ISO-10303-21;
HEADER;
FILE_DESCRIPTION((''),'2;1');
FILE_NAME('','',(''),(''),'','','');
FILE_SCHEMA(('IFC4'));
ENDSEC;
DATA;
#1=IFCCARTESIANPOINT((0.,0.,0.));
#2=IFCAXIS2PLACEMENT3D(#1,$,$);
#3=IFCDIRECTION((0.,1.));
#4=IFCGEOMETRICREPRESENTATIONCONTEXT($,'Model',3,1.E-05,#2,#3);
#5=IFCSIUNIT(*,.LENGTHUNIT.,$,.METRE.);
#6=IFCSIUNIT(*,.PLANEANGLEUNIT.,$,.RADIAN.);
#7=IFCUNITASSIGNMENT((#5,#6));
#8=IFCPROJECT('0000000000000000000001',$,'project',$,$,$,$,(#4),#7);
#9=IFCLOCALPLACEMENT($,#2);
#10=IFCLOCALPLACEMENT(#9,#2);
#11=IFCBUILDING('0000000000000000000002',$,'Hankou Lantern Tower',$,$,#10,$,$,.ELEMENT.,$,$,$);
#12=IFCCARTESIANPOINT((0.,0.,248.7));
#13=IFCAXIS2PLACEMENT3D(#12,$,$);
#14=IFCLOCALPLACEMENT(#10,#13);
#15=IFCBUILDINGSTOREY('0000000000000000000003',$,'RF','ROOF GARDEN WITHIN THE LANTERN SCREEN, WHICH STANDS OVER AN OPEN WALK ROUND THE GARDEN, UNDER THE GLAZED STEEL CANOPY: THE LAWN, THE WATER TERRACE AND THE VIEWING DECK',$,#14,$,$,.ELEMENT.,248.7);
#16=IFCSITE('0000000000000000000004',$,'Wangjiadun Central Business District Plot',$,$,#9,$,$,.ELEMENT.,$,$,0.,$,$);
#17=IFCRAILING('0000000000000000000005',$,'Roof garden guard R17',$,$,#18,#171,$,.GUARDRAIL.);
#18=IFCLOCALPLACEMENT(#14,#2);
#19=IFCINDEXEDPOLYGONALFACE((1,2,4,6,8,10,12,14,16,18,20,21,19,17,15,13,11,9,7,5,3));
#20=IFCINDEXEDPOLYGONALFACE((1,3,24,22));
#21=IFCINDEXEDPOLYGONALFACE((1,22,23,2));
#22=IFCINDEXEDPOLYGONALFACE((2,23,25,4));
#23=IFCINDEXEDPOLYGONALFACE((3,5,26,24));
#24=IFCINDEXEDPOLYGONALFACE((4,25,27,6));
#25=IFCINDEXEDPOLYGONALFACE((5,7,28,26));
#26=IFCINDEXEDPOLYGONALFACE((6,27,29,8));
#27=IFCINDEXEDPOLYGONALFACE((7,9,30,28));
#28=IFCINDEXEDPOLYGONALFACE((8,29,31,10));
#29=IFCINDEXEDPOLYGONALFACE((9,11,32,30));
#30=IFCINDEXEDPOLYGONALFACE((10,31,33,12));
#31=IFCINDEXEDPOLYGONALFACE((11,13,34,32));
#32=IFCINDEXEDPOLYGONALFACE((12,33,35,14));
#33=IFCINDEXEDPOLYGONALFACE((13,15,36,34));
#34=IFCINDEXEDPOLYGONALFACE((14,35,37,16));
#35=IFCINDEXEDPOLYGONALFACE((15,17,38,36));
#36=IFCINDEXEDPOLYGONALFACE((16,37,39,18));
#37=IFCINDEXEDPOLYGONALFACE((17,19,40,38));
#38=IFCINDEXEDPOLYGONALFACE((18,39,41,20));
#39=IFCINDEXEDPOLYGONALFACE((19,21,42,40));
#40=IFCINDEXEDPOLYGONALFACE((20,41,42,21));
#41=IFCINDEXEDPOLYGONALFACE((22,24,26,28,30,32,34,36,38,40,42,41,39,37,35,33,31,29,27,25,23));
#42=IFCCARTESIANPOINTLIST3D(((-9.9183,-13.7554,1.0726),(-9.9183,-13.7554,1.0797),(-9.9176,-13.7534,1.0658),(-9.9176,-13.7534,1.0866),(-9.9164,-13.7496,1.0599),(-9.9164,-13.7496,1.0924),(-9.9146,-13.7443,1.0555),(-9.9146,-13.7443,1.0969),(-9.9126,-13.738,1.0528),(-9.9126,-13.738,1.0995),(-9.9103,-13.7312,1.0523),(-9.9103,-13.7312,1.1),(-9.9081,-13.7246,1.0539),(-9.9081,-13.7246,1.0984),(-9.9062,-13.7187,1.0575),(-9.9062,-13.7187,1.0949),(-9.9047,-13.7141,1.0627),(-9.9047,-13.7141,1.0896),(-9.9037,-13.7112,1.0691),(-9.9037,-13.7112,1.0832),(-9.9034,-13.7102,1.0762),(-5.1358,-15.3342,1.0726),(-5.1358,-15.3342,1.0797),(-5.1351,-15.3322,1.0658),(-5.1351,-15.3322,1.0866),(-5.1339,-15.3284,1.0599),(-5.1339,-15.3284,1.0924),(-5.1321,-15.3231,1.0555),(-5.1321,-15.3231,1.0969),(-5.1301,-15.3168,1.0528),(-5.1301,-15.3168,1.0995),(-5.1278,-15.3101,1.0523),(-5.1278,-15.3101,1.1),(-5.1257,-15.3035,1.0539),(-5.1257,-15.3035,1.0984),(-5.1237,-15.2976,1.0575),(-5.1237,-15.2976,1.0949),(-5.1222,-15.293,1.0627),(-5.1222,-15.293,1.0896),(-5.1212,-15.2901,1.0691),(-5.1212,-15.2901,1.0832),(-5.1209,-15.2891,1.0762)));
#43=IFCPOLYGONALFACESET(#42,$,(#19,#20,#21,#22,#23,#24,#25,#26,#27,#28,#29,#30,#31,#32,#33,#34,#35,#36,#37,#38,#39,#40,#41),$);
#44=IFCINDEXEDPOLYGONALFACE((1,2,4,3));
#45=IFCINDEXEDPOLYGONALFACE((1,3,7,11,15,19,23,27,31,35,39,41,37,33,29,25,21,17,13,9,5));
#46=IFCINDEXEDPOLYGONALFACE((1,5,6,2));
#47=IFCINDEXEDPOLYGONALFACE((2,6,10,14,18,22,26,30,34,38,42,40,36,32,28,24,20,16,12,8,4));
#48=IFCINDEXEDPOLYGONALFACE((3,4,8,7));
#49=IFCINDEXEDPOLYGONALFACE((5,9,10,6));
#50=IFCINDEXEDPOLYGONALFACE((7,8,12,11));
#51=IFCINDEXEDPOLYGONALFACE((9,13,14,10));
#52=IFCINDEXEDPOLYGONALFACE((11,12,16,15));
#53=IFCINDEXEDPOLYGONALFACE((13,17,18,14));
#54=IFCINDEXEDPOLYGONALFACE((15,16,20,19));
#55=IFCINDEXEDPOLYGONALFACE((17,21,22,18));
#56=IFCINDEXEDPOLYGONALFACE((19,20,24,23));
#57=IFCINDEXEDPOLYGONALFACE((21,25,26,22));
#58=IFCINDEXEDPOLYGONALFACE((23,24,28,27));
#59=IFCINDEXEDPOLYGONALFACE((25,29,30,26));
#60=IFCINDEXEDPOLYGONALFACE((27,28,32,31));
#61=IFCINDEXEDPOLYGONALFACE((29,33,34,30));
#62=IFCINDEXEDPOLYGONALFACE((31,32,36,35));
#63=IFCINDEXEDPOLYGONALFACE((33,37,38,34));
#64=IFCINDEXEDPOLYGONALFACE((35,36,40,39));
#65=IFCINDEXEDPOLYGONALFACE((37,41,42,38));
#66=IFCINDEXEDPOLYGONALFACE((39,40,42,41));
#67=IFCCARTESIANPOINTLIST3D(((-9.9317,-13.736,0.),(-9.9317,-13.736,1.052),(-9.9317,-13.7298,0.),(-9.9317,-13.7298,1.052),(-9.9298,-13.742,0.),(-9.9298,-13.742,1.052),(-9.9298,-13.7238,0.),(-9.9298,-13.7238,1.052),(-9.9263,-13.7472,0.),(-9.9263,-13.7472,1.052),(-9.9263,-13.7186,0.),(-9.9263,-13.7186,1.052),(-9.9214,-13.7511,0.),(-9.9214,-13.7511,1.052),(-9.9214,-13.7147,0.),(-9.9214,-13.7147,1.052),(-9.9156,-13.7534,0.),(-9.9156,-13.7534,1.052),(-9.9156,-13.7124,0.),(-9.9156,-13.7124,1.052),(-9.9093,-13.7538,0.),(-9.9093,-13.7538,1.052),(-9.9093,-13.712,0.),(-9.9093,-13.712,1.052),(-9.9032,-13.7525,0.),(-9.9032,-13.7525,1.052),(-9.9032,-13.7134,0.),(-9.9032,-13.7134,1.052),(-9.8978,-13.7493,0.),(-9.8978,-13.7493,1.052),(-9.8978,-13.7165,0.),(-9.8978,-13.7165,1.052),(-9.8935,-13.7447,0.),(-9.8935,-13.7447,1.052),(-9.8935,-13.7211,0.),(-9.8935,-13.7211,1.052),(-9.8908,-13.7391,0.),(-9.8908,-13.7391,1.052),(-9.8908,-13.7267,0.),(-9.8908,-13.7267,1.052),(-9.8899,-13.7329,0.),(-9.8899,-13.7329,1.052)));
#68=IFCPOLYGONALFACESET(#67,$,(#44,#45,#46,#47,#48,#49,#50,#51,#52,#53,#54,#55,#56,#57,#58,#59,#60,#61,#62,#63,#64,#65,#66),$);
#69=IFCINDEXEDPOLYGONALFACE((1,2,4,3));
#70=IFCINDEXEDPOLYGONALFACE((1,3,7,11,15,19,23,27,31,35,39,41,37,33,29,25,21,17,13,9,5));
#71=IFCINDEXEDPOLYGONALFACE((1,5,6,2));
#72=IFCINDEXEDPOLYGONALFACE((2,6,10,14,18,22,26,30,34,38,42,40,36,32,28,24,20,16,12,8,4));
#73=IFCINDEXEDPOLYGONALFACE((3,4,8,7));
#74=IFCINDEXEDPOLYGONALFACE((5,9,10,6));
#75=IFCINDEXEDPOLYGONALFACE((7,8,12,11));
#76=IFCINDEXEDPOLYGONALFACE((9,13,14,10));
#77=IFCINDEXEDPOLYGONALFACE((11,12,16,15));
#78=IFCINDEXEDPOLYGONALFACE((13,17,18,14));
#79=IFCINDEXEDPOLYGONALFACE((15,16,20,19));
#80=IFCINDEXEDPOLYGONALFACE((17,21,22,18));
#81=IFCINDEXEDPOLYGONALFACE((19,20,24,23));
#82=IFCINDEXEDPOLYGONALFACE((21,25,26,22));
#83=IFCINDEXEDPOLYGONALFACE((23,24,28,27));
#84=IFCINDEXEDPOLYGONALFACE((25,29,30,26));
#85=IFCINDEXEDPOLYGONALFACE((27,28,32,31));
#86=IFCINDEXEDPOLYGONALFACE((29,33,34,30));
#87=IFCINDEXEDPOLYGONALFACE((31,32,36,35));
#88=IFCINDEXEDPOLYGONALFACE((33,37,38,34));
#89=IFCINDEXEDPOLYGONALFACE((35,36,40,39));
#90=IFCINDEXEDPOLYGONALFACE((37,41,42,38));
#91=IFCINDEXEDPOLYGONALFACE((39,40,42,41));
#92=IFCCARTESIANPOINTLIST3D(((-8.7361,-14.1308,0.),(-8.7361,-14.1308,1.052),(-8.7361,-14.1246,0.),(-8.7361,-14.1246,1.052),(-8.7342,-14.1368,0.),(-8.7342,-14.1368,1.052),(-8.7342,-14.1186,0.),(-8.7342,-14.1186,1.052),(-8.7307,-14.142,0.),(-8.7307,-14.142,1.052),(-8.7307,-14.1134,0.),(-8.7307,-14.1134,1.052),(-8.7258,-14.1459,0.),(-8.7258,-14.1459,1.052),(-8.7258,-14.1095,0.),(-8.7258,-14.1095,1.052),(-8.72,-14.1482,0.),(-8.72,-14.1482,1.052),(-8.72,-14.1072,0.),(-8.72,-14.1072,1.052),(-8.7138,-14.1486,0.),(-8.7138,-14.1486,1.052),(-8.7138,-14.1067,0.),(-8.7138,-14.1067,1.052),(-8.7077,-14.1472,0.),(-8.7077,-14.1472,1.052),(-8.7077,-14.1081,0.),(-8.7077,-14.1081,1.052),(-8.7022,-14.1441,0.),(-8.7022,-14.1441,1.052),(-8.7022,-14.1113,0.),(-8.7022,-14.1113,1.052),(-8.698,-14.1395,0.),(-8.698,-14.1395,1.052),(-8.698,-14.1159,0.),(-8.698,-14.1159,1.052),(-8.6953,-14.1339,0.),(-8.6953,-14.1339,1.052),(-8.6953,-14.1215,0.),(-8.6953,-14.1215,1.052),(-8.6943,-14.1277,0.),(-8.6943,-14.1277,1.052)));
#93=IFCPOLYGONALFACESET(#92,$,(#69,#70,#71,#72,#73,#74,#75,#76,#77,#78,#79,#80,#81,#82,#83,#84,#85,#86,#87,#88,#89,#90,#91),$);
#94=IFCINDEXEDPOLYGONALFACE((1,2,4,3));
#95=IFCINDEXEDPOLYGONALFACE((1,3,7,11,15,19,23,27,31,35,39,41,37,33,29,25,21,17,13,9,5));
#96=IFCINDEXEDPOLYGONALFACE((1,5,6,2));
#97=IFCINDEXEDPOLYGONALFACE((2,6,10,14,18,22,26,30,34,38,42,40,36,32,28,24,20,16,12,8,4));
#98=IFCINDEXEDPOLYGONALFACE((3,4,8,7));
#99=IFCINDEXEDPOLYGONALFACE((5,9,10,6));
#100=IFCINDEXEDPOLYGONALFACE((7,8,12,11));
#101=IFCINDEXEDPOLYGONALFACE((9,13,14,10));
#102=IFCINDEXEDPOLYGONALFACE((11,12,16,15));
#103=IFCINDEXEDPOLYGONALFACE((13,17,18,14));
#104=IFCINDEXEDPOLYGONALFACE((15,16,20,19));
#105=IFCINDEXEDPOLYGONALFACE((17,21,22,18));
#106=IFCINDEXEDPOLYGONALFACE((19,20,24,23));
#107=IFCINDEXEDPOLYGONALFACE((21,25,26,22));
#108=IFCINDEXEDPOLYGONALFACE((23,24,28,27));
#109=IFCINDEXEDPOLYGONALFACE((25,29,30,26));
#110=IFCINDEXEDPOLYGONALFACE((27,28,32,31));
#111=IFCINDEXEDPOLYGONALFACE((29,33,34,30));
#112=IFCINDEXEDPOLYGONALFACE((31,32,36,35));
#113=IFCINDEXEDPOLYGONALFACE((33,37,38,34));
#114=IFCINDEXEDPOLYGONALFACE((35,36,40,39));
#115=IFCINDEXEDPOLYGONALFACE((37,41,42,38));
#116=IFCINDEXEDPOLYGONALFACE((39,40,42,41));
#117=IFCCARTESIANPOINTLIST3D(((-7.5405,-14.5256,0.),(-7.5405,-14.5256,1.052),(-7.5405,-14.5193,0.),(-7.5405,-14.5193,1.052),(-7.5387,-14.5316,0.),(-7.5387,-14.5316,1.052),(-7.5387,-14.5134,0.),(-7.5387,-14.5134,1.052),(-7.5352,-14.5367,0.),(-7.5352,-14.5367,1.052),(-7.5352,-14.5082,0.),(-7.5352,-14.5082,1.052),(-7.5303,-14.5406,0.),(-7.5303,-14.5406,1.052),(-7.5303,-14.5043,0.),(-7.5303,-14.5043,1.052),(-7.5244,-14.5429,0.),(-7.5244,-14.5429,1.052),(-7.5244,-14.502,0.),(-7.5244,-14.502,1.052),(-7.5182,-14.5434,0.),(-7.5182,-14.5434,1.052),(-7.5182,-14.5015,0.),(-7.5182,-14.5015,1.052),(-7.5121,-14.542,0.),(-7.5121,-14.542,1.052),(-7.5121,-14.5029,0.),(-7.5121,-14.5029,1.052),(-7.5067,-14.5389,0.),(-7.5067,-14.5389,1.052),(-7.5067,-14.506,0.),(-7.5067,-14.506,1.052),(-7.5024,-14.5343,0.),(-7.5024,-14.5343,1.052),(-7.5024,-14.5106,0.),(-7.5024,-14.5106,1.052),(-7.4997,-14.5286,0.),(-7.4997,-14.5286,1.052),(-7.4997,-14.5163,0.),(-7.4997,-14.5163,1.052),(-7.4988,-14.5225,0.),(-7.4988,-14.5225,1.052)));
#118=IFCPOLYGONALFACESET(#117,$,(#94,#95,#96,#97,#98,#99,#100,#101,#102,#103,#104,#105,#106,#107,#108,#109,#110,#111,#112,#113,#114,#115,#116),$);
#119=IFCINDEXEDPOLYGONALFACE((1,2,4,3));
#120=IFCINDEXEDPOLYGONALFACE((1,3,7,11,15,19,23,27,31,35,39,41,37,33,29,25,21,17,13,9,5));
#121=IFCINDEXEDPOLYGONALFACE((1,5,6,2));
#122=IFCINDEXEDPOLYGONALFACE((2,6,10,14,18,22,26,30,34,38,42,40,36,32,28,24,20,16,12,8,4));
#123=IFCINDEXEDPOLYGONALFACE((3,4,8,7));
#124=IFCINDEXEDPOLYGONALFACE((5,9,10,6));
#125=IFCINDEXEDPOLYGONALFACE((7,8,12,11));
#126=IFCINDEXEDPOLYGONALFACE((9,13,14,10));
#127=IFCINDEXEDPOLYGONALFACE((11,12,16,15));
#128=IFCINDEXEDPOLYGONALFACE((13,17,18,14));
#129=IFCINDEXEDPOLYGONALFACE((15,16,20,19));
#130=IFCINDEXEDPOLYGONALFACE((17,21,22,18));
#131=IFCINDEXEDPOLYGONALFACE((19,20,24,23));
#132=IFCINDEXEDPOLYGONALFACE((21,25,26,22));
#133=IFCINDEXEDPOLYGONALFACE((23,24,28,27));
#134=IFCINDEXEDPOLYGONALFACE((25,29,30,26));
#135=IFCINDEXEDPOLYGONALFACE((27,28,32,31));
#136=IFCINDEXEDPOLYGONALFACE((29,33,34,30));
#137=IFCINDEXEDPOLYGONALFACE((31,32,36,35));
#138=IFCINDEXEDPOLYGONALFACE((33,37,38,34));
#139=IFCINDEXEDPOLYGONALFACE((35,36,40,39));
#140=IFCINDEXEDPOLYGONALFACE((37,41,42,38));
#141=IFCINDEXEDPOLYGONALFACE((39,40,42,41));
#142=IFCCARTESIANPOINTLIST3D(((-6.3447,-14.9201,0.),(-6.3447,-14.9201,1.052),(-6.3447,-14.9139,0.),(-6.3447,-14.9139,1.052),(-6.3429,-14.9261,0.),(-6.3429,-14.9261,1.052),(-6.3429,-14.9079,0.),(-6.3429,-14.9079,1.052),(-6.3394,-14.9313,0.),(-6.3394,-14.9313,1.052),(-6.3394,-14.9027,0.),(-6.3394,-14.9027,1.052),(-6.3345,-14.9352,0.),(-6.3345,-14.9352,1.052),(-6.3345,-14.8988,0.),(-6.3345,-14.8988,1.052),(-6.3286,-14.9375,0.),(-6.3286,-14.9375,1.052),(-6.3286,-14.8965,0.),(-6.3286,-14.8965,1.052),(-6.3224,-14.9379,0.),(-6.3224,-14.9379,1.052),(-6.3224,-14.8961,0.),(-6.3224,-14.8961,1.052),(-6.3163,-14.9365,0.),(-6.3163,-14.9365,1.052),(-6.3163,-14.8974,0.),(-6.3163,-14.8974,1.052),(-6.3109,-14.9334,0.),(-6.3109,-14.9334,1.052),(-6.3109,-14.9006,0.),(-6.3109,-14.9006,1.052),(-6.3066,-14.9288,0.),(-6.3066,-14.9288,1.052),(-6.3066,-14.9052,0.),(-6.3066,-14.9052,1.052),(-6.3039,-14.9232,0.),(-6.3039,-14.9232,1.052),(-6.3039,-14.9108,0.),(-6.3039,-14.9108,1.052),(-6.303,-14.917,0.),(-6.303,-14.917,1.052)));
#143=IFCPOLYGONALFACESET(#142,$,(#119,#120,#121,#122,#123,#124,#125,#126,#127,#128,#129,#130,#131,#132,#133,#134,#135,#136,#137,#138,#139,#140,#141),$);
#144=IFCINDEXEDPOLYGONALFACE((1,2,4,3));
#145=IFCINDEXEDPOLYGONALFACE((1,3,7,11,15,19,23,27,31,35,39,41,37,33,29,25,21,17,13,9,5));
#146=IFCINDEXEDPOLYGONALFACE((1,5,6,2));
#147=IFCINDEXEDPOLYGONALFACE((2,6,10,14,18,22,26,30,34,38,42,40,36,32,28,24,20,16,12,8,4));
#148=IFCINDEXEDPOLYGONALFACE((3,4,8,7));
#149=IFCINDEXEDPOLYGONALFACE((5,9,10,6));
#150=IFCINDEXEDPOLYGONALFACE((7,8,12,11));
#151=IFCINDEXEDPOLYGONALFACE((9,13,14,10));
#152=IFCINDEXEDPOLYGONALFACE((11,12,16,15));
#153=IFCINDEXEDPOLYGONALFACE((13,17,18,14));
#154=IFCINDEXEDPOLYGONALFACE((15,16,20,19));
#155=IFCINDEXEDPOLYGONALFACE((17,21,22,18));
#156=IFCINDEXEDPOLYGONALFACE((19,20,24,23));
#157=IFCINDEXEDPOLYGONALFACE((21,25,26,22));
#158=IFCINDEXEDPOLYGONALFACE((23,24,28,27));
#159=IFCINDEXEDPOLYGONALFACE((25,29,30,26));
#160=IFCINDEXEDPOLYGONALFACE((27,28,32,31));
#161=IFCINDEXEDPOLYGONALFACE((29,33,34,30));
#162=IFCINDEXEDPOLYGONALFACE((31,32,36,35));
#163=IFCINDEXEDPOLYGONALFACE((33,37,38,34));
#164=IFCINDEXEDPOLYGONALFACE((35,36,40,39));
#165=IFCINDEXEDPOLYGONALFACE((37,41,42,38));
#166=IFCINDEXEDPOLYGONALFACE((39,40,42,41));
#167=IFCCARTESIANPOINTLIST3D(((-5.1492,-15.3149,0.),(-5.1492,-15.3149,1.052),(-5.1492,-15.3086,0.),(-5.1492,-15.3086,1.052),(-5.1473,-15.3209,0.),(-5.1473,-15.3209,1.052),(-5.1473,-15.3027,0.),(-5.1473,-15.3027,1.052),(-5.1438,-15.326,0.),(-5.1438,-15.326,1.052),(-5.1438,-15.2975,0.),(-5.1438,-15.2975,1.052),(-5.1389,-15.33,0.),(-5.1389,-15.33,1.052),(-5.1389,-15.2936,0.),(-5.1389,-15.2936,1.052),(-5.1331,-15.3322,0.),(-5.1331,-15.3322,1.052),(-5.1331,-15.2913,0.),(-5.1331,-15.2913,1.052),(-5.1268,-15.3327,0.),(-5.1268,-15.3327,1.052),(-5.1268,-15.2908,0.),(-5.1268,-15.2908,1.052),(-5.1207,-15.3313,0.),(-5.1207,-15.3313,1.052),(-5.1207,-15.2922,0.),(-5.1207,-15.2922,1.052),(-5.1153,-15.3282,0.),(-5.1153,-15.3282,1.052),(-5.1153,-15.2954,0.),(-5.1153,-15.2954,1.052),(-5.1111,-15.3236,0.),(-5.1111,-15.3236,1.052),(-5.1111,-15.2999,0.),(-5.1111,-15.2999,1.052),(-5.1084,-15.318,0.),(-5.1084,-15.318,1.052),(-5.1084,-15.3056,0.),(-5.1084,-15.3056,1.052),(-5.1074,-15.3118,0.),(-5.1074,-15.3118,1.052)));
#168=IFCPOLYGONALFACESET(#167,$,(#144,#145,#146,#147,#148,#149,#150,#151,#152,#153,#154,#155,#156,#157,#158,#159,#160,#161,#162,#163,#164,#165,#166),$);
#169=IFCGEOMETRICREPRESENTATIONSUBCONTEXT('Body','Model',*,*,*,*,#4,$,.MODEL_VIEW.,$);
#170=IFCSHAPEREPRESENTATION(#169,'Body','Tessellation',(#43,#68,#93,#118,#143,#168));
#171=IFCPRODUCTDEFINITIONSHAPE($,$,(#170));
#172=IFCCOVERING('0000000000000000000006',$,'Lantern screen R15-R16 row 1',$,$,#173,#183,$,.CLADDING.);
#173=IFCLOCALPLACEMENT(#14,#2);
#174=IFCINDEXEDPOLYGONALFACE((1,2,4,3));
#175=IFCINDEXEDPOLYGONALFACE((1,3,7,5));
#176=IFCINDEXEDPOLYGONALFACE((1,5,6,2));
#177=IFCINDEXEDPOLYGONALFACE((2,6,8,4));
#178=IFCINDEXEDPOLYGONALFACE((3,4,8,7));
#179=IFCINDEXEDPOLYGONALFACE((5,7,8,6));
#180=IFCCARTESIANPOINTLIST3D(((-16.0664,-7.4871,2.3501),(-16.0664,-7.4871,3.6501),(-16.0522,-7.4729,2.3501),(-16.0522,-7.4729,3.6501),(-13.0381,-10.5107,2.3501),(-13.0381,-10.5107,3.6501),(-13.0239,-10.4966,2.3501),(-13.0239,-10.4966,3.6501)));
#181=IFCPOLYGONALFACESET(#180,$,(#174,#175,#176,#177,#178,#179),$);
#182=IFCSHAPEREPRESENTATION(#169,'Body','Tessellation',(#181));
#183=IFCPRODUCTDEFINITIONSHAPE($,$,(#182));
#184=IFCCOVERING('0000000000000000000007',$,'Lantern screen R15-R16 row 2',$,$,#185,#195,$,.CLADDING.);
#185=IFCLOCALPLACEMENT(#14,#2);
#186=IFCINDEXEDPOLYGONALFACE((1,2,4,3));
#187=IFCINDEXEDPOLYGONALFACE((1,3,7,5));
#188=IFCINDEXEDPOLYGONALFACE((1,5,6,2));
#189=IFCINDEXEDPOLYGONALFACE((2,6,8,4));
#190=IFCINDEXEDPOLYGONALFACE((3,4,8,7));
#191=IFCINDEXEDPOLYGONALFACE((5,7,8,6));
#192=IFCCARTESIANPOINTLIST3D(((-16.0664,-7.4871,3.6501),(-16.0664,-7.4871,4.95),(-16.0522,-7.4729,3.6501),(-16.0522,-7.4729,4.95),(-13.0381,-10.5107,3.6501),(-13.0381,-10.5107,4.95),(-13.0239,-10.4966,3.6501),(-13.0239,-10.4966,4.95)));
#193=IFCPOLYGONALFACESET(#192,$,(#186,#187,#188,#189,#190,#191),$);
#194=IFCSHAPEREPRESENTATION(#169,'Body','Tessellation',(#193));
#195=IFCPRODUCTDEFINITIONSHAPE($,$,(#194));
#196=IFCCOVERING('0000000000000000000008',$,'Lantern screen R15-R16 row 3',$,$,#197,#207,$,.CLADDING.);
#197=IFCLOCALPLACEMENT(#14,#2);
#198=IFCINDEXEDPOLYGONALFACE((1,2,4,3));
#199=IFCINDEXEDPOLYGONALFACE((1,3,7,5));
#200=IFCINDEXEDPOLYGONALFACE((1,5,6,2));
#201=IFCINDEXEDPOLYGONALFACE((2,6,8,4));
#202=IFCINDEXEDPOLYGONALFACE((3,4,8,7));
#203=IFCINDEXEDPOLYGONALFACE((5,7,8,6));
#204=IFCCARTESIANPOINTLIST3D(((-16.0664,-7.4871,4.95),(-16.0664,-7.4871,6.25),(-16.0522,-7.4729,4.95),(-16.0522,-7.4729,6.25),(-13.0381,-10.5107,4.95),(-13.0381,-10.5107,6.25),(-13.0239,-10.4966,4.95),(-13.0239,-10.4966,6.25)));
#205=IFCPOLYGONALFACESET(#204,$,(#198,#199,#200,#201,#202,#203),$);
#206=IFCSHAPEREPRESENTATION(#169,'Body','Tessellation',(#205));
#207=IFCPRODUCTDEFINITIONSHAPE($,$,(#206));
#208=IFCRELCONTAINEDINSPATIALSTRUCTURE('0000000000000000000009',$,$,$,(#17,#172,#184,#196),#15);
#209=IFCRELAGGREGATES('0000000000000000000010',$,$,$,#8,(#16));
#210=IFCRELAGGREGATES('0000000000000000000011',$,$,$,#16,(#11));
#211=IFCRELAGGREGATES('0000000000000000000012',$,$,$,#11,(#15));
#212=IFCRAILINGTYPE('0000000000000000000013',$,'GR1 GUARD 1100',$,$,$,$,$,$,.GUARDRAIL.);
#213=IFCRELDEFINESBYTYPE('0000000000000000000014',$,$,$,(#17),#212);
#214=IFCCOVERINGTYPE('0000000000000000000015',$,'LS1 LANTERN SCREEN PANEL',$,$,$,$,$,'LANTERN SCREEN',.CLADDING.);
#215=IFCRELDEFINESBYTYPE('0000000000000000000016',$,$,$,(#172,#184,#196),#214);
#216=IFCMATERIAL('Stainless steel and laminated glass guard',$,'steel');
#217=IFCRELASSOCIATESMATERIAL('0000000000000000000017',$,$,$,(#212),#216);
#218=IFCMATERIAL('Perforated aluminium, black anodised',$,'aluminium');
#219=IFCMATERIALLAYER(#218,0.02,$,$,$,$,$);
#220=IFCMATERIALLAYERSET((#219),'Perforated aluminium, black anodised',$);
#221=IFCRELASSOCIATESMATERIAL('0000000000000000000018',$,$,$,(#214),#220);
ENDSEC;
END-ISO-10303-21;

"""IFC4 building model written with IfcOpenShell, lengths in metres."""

from ifc_helpers import new_model, si_unit, direction, frame, origin, origin_2d, place, context, subcontext, project, spatial, polyline, circle, outline, extrude, material, layer, layer_set, type_object, element, save


model = new_model("IFC4")

# Units and contexts
model_context = context("Model", 3, precision=1e-05, world=origin(), true_north=direction((0.0, 1.0)))
body_context = subcontext(model_context, "Body", "Model", "MODEL_VIEW")
ifc_project = project(units=[si_unit("LENGTHUNIT", "METRE"), si_unit("PLANEANGLEUNIT", "RADIAN")], contexts=[model_context])

# Site, building, storey
site_placement = place(None, origin())
site = spatial("IfcSite", under=ifc_project, at=site_placement, Name="Wangjiadun Central Business District Plot", CompositionType="ELEMENT", RefElevation=0.0)
building_placement = place(site_placement, origin())
building = spatial("IfcBuilding", under=site, at=building_placement, Name="Hankou Lantern Tower", CompositionType="ELEMENT")
storey_placement = place(building_placement, frame((0.0, 0.0, 248.7)))
storey = spatial("IfcBuildingStorey", under=building, at=storey_placement, Name="RF", Description="ROOF GARDEN WITHIN THE LANTERN SCREEN, WHICH STANDS OVER AN OPEN WALK ROUND THE GARDEN, UNDER THE GLAZED STEEL CANOPY: THE LAWN, THE WATER TERRACE AND THE VIEWING DECK", CompositionType="ELEMENT", Elevation=248.7)

# Railing
ifc_material_1 = material(Name="Stainless steel and laminated glass guard", Category="steel")
railing_type = type_object("IfcRailingType", Name="GR1 GUARD 1100", PredefinedType="GUARDRAIL", material=ifc_material_1)
railing_1_placement = place(storey_placement, frame((-9.9109, -13.7329, 0.0)))
element("IfcRailing", 1, at=railing_1_placement, inside=storey, type_object=railing_type, Name="Roof garden guard R17", PredefinedType="GUARDRAIL", context=body_context, shape_type="SweptSolid", body=[
    extrude(circle(Radius=0.0239, at=origin_2d()), frame((0.0, 0.0, 1.0762), z_axis=(0.949591, -0.313492, 0.0), x_axis=(0.313492, 0.949591, 0.0)), (0.0, 0.0, 1.0), 5.0364),
    extrude(circle(Radius=0.021, at=origin_2d()), origin(), (0.0, 0.0, 1.0), 1.052),
    extrude(circle(Radius=0.021, at=origin_2d()), frame((1.1956, -0.3948, 0.0)), (0.0, 0.0, 1.0), 1.052),
    extrude(circle(Radius=0.021, at=origin_2d()), frame((2.3911, -0.7896, 0.0)), (0.0, 0.0, 1.0), 1.052),
    extrude(circle(Radius=0.021, at=origin_2d()), frame((3.5869, -1.1841, 0.0)), (0.0, 0.0, 1.0), 1.052),
    extrude(circle(Radius=0.021, at=origin_2d()), frame((4.7825, -1.5789, 0.0)), (0.0, 0.0, 1.0), 1.052),
])

# Coverings
ifc_material_2 = material(Name="Perforated aluminium, black anodised", Category="aluminium")
ifc_layer_1 = layer(ifc_material_2, 0.02)
ifc_layer_set_1 = layer_set([ifc_layer_1], Name="Perforated aluminium, black anodised")
covering_type = type_object("IfcCoveringType", Name="LS1 LANTERN SCREEN PANEL", ElementType="LANTERN SCREEN", PredefinedType="CLADDING", material=ifc_layer_set_1)
covering_1_placement = place(storey_placement, frame((-16.0522, -7.4729, 2.3501), z_axis=(0.706565, 0.707649, 0.0), x_axis=(0.707649, -0.706565, 0.0)))
element("IfcCovering", 2, at=covering_1_placement, inside=storey, type_object=covering_type, Name="Lantern screen R15-R16 row 1", PredefinedType="CLADDING", context=body_context, shape_type="SweptSolid", body=[
    extrude(outline(polyline([(0.0, 0.0), (4.2794, 0.0), (4.2794, -1.3), (0.0, -1.3), (0.0, 0.0)])), origin(), (0.0, 0.0, -1.0), 0.02),
])
covering_2_placement = place(storey_placement, frame((-16.0522, -7.4729, 3.6501), z_axis=(0.706565, 0.707649, 0.0), x_axis=(0.707649, -0.706565, 0.0)))
element("IfcCovering", 3, at=covering_2_placement, inside=storey, type_object=covering_type, Name="Lantern screen R15-R16 row 2", PredefinedType="CLADDING", context=body_context, shape_type="SweptSolid", body=[
    extrude(outline(polyline([(0.0, 0.0), (4.2794, 0.0), (4.2794, -1.2998), (0.0, -1.2998), (0.0, 0.0)])), origin(), (0.0, 0.0, -1.0), 0.02),
])
covering_3_placement = place(storey_placement, frame((-16.0522, -7.4729, 4.95), z_axis=(0.706565, 0.707649, 0.0), x_axis=(0.707649, -0.706565, 0.0)))
element("IfcCovering", 4, at=covering_3_placement, inside=storey, type_object=covering_type, Name="Lantern screen R15-R16 row 3", PredefinedType="CLADDING", context=body_context, shape_type="SweptSolid", body=[
    extrude(outline(polyline([(0.0, 0.0), (4.2794, 0.0), (4.2794, -1.3), (0.0, -1.3), (0.0, 0.0)])), origin(), (0.0, 0.0, -1.0), 0.02),
])

save(model, "model.ifc")
